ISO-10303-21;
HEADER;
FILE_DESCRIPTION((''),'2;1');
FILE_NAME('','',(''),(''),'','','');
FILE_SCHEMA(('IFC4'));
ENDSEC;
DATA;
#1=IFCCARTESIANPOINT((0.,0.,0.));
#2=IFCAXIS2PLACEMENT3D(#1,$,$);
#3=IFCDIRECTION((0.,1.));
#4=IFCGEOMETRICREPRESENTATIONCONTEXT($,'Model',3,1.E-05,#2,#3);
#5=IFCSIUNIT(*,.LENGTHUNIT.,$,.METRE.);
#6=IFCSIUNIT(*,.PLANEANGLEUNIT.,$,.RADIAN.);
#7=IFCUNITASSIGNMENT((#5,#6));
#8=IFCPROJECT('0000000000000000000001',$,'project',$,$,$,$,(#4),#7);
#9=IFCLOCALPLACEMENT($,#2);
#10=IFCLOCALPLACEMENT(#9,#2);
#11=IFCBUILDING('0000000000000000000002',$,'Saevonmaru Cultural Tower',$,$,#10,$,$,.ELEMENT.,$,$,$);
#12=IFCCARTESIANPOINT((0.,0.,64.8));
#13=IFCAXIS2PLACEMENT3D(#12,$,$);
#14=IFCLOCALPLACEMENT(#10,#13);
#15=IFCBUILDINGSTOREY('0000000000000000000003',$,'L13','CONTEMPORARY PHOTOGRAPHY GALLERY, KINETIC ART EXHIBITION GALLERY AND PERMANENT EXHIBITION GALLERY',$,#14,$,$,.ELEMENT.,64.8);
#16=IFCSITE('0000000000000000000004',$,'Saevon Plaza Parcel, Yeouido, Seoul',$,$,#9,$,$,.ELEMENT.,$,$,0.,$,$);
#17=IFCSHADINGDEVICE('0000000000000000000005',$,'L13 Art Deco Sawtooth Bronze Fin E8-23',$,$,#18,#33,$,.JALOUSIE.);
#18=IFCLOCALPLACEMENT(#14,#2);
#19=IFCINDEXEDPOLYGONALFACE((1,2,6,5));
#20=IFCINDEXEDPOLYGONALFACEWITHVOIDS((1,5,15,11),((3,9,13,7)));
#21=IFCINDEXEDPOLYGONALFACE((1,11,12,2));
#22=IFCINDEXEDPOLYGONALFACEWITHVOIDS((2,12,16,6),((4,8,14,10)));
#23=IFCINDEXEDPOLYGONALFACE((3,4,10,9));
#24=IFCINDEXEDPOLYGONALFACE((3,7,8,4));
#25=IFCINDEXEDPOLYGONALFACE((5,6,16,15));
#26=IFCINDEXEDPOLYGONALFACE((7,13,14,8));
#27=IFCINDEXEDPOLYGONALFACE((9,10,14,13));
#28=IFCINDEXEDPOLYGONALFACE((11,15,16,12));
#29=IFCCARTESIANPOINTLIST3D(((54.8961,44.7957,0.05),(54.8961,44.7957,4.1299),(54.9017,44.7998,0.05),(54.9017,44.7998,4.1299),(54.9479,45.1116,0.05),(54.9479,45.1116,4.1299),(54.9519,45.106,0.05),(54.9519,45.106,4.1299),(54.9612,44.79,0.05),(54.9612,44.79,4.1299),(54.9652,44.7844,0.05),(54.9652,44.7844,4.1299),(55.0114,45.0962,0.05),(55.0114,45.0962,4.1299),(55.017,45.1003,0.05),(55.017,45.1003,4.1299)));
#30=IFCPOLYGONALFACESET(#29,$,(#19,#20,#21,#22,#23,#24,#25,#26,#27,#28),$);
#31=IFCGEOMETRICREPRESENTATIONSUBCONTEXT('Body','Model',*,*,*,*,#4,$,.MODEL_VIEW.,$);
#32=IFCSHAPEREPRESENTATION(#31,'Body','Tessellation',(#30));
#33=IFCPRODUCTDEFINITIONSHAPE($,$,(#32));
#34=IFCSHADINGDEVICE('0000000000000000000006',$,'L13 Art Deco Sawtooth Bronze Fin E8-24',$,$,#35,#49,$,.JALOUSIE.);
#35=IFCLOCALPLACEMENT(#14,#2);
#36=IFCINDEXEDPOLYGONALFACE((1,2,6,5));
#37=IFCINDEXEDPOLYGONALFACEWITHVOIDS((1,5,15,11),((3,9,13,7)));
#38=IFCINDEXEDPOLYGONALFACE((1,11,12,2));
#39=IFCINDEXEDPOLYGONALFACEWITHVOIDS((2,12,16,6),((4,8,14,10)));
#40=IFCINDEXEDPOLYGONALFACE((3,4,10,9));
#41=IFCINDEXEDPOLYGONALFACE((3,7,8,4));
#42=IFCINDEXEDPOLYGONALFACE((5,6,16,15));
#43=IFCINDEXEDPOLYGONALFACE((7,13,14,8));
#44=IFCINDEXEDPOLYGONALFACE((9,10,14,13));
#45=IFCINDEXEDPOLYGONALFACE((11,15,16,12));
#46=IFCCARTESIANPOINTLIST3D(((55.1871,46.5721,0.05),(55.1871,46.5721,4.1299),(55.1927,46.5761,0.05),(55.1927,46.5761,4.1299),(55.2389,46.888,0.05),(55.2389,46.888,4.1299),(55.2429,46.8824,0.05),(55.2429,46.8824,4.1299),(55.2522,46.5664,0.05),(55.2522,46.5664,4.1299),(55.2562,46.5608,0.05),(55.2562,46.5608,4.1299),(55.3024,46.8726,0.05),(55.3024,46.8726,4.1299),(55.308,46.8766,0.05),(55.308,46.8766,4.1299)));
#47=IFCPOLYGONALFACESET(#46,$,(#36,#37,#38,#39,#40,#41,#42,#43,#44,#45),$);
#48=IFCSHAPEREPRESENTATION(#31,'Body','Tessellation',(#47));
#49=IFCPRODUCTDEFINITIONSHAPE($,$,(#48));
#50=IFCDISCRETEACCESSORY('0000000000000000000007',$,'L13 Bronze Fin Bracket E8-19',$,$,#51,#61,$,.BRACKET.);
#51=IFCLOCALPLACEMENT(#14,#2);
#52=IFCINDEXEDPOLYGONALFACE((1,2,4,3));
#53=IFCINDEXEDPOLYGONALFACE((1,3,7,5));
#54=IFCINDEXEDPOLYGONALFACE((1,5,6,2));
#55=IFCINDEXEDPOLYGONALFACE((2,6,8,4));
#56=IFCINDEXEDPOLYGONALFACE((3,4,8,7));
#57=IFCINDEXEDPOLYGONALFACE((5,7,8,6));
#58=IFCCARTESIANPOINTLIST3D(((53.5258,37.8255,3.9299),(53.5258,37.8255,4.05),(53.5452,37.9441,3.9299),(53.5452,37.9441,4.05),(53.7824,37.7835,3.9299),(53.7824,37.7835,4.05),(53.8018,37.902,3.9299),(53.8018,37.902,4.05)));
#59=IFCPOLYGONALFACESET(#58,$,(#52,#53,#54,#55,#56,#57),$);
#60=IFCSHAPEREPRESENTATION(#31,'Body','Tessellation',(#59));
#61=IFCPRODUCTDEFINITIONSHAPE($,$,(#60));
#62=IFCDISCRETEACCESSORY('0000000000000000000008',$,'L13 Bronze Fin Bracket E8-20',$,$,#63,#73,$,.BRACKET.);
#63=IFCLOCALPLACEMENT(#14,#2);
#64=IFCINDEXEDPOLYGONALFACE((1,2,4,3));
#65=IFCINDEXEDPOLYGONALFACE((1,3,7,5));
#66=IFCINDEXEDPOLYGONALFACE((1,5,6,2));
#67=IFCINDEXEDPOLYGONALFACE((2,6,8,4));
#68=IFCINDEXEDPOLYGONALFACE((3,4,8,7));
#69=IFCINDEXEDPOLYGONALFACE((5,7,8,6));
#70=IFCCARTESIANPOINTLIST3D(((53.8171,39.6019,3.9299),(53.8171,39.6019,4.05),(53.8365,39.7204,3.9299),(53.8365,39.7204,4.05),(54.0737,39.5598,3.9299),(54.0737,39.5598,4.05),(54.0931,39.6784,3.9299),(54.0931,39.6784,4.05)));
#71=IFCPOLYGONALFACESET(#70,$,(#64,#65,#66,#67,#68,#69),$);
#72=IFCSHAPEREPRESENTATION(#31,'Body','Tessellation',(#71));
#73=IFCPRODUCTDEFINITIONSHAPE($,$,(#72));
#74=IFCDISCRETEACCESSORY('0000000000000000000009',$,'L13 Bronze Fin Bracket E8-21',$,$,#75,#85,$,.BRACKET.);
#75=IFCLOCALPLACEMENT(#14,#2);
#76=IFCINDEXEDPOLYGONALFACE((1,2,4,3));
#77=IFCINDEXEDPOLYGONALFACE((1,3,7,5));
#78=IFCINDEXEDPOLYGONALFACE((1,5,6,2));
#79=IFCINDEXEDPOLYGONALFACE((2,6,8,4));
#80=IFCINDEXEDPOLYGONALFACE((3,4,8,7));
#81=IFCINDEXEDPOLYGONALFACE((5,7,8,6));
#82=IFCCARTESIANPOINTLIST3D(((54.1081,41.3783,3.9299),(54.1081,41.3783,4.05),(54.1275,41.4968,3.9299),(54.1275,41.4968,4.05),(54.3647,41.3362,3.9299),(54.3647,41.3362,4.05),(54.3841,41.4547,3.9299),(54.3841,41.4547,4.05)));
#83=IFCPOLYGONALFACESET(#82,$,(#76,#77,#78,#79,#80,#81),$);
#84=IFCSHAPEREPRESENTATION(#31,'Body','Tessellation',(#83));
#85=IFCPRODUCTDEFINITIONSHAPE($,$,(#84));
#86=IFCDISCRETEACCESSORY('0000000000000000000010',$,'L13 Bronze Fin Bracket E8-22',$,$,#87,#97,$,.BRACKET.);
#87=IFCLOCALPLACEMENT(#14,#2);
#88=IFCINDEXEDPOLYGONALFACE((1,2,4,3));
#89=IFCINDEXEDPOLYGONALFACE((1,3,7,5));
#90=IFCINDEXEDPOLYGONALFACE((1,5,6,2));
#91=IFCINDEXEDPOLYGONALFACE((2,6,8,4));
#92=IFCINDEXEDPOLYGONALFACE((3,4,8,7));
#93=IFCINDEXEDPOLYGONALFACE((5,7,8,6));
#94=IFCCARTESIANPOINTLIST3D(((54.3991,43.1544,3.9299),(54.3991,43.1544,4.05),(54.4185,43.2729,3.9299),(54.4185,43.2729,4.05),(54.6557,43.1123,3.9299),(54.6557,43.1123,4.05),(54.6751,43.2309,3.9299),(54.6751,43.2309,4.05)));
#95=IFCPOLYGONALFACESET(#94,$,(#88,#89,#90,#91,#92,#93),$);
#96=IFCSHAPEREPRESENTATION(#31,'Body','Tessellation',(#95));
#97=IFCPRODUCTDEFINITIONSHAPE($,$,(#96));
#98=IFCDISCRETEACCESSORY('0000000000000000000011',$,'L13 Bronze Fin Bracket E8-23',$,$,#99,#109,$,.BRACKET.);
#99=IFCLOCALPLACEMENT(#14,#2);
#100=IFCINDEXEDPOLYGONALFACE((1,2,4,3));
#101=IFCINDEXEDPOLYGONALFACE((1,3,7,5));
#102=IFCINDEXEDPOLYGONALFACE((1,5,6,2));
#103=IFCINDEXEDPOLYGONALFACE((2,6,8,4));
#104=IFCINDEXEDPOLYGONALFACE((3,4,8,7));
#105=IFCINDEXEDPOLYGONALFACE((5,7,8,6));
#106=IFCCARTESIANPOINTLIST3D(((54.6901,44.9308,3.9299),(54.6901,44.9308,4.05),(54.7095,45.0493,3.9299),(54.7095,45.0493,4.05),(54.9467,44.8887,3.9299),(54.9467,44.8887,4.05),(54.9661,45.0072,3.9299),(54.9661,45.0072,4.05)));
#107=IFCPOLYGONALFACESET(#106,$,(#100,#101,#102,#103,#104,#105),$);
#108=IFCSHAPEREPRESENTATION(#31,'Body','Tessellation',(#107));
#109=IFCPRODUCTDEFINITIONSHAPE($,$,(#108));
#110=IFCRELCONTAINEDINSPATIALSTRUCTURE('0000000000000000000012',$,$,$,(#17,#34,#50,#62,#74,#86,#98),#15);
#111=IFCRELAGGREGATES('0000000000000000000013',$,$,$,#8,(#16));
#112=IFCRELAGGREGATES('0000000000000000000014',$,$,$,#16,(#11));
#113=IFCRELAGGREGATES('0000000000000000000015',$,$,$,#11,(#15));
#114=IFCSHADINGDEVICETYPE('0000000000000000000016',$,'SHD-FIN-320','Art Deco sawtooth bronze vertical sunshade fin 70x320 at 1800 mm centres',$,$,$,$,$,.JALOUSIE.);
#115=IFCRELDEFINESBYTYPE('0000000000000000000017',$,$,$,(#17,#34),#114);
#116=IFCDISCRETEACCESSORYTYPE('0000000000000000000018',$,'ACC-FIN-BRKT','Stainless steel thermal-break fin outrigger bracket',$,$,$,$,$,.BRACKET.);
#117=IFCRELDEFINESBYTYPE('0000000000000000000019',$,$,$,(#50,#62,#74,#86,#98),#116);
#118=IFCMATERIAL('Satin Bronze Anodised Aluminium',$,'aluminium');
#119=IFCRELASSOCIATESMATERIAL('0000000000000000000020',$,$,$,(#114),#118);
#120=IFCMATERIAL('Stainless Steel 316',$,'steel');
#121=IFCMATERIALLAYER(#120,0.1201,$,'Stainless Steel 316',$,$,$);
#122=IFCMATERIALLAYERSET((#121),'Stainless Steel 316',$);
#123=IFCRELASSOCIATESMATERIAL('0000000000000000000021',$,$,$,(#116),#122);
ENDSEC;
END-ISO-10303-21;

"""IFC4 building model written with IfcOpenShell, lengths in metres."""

from ifc_helpers import new_model, si_unit, direction, frame, origin, origin_2d, place, context, subcontext, project, spatial, rectangle, hollow_rectangle, extrude, material, layer, layer_set, material_profile, profile_set, type_object, element, save


model = new_model("IFC4")

# Units and contexts
model_context = context("Model", 3, precision=1e-05, world=origin(), true_north=direction((0.0, 1.0)))
body_context = subcontext(model_context, "Body", "Model", "MODEL_VIEW")
ifc_project = project(units=[si_unit("LENGTHUNIT", "METRE"), si_unit("PLANEANGLEUNIT", "RADIAN")], contexts=[model_context])

# Site, building, storey
site_placement = place(None, origin())
site = spatial("IfcSite", under=ifc_project, at=site_placement, Name="Saevon Plaza Parcel, Yeouido, Seoul", CompositionType="ELEMENT", RefElevation=0.0)
building_placement = place(site_placement, origin())
building = spatial("IfcBuilding", under=site, at=building_placement, Name="Saevonmaru Cultural Tower", CompositionType="ELEMENT")
storey_placement = place(building_placement, frame((0.0, 0.0, 64.8)))
storey = spatial("IfcBuildingStorey", under=building, at=storey_placement, Name="L13", Description="CONTEMPORARY PHOTOGRAPHY GALLERY, KINETIC ART EXHIBITION GALLERY AND PERMANENT EXHIBITION GALLERY", CompositionType="ELEMENT", Elevation=64.8)

# Shared definitions
ifc_material_1 = material(Name="Satin Bronze Anodised Aluminium", Category="aluminium")

# Shading devices
ifc_material_profile_1 = material_profile(ifc_material_1, hollow_rectangle(XDim=0.0701, YDim=0.3201, WallThickness=0.0049, at=origin_2d()), Name="FIN-320x70")
ifc_profile_set_1 = profile_set([ifc_material_profile_1], Name="Satin Bronze Anodised Aluminium")
shading_device_type = type_object("IfcShadingDeviceType", Name="SHD-FIN-320", Description="Art Deco sawtooth bronze vertical sunshade fin 70x320 at 1800 mm centres", PredefinedType="JALOUSIE", material=ifc_profile_set_1)
for number, where, z_axis, x_axis, name in (
    (1, (54.9565, 44.948, 0.05), (0.0, 0.0, 1.0), (0.986827, -0.161776, 0.0), "L13 Art Deco Sawtooth Bronze Fin E8-23"),
    (2, (55.2476, 46.7244, 0.05), (0.0, 0.0, 1.0), (0.986827, -0.161776, 0.0), "L13 Art Deco Sawtooth Bronze Fin E8-24"),
):
    element("IfcShadingDevice", number, at=place(storey_placement, frame(where, z_axis=z_axis, x_axis=x_axis)), inside=storey, type_object=shading_device_type, Name=name, PredefinedType="JALOUSIE", context=body_context, shape_type="SweptSolid", body=[
        extrude(hollow_rectangle(XDim=0.0701, YDim=0.3201, WallThickness=0.0049, at=origin_2d()), origin(), (0.0, 0.0, 1.0), 4.0798),
    ])

# Discrete accessories
ifc_material_2 = material(Name="Stainless Steel 316", Category="steel")
ifc_layer = layer(ifc_material_2, 0.1201, Name="Stainless Steel 316")
ifc_layer_set = layer_set([ifc_layer], Name="Stainless Steel 316")
discrete_accessory_type = type_object("IfcDiscreteAccessoryType", Name="ACC-FIN-BRKT", Description="Stainless steel thermal-break fin outrigger bracket", PredefinedType="BRACKET", material=ifc_layer_set)
for number, where, z_axis, x_axis, name in (
    (3, (53.6638, 37.8638, 3.9299), (0.0, 0.0, 1.0), (0.986827, -0.161776, 0.0), "L13 Bronze Fin Bracket E8-19"),
    (4, (53.9551, 39.6401, 3.9299), (0.0, 0.0, 1.0), (0.986827, -0.161776, 0.0), "L13 Bronze Fin Bracket E8-20"),
    (5, (54.2461, 41.4165, 3.9299), (0.0, 0.0, 1.0), (0.986827, -0.161776, 0.0), "L13 Bronze Fin Bracket E8-21"),
    (6, (54.5371, 43.1926, 3.9299), (0.0, 0.0, 1.0), (0.986827, -0.161776, 0.0), "L13 Bronze Fin Bracket E8-22"),
    (7, (54.8281, 44.969, 3.9299), (0.0, 0.0, 1.0), (0.986827, -0.161776, 0.0), "L13 Bronze Fin Bracket E8-23"),
):
    element("IfcDiscreteAccessory", number, at=place(storey_placement, frame(where, z_axis=z_axis, x_axis=x_axis)), inside=storey, type_object=discrete_accessory_type, Name=name, PredefinedType="BRACKET", context=body_context, shape_type="SweptSolid", body=[
        extrude(rectangle(XDim=0.26, YDim=0.1201, at=origin_2d()), origin(), (0.0, 0.0, 1.0), 0.1201),
    ])

save(model, "model.ifc")
